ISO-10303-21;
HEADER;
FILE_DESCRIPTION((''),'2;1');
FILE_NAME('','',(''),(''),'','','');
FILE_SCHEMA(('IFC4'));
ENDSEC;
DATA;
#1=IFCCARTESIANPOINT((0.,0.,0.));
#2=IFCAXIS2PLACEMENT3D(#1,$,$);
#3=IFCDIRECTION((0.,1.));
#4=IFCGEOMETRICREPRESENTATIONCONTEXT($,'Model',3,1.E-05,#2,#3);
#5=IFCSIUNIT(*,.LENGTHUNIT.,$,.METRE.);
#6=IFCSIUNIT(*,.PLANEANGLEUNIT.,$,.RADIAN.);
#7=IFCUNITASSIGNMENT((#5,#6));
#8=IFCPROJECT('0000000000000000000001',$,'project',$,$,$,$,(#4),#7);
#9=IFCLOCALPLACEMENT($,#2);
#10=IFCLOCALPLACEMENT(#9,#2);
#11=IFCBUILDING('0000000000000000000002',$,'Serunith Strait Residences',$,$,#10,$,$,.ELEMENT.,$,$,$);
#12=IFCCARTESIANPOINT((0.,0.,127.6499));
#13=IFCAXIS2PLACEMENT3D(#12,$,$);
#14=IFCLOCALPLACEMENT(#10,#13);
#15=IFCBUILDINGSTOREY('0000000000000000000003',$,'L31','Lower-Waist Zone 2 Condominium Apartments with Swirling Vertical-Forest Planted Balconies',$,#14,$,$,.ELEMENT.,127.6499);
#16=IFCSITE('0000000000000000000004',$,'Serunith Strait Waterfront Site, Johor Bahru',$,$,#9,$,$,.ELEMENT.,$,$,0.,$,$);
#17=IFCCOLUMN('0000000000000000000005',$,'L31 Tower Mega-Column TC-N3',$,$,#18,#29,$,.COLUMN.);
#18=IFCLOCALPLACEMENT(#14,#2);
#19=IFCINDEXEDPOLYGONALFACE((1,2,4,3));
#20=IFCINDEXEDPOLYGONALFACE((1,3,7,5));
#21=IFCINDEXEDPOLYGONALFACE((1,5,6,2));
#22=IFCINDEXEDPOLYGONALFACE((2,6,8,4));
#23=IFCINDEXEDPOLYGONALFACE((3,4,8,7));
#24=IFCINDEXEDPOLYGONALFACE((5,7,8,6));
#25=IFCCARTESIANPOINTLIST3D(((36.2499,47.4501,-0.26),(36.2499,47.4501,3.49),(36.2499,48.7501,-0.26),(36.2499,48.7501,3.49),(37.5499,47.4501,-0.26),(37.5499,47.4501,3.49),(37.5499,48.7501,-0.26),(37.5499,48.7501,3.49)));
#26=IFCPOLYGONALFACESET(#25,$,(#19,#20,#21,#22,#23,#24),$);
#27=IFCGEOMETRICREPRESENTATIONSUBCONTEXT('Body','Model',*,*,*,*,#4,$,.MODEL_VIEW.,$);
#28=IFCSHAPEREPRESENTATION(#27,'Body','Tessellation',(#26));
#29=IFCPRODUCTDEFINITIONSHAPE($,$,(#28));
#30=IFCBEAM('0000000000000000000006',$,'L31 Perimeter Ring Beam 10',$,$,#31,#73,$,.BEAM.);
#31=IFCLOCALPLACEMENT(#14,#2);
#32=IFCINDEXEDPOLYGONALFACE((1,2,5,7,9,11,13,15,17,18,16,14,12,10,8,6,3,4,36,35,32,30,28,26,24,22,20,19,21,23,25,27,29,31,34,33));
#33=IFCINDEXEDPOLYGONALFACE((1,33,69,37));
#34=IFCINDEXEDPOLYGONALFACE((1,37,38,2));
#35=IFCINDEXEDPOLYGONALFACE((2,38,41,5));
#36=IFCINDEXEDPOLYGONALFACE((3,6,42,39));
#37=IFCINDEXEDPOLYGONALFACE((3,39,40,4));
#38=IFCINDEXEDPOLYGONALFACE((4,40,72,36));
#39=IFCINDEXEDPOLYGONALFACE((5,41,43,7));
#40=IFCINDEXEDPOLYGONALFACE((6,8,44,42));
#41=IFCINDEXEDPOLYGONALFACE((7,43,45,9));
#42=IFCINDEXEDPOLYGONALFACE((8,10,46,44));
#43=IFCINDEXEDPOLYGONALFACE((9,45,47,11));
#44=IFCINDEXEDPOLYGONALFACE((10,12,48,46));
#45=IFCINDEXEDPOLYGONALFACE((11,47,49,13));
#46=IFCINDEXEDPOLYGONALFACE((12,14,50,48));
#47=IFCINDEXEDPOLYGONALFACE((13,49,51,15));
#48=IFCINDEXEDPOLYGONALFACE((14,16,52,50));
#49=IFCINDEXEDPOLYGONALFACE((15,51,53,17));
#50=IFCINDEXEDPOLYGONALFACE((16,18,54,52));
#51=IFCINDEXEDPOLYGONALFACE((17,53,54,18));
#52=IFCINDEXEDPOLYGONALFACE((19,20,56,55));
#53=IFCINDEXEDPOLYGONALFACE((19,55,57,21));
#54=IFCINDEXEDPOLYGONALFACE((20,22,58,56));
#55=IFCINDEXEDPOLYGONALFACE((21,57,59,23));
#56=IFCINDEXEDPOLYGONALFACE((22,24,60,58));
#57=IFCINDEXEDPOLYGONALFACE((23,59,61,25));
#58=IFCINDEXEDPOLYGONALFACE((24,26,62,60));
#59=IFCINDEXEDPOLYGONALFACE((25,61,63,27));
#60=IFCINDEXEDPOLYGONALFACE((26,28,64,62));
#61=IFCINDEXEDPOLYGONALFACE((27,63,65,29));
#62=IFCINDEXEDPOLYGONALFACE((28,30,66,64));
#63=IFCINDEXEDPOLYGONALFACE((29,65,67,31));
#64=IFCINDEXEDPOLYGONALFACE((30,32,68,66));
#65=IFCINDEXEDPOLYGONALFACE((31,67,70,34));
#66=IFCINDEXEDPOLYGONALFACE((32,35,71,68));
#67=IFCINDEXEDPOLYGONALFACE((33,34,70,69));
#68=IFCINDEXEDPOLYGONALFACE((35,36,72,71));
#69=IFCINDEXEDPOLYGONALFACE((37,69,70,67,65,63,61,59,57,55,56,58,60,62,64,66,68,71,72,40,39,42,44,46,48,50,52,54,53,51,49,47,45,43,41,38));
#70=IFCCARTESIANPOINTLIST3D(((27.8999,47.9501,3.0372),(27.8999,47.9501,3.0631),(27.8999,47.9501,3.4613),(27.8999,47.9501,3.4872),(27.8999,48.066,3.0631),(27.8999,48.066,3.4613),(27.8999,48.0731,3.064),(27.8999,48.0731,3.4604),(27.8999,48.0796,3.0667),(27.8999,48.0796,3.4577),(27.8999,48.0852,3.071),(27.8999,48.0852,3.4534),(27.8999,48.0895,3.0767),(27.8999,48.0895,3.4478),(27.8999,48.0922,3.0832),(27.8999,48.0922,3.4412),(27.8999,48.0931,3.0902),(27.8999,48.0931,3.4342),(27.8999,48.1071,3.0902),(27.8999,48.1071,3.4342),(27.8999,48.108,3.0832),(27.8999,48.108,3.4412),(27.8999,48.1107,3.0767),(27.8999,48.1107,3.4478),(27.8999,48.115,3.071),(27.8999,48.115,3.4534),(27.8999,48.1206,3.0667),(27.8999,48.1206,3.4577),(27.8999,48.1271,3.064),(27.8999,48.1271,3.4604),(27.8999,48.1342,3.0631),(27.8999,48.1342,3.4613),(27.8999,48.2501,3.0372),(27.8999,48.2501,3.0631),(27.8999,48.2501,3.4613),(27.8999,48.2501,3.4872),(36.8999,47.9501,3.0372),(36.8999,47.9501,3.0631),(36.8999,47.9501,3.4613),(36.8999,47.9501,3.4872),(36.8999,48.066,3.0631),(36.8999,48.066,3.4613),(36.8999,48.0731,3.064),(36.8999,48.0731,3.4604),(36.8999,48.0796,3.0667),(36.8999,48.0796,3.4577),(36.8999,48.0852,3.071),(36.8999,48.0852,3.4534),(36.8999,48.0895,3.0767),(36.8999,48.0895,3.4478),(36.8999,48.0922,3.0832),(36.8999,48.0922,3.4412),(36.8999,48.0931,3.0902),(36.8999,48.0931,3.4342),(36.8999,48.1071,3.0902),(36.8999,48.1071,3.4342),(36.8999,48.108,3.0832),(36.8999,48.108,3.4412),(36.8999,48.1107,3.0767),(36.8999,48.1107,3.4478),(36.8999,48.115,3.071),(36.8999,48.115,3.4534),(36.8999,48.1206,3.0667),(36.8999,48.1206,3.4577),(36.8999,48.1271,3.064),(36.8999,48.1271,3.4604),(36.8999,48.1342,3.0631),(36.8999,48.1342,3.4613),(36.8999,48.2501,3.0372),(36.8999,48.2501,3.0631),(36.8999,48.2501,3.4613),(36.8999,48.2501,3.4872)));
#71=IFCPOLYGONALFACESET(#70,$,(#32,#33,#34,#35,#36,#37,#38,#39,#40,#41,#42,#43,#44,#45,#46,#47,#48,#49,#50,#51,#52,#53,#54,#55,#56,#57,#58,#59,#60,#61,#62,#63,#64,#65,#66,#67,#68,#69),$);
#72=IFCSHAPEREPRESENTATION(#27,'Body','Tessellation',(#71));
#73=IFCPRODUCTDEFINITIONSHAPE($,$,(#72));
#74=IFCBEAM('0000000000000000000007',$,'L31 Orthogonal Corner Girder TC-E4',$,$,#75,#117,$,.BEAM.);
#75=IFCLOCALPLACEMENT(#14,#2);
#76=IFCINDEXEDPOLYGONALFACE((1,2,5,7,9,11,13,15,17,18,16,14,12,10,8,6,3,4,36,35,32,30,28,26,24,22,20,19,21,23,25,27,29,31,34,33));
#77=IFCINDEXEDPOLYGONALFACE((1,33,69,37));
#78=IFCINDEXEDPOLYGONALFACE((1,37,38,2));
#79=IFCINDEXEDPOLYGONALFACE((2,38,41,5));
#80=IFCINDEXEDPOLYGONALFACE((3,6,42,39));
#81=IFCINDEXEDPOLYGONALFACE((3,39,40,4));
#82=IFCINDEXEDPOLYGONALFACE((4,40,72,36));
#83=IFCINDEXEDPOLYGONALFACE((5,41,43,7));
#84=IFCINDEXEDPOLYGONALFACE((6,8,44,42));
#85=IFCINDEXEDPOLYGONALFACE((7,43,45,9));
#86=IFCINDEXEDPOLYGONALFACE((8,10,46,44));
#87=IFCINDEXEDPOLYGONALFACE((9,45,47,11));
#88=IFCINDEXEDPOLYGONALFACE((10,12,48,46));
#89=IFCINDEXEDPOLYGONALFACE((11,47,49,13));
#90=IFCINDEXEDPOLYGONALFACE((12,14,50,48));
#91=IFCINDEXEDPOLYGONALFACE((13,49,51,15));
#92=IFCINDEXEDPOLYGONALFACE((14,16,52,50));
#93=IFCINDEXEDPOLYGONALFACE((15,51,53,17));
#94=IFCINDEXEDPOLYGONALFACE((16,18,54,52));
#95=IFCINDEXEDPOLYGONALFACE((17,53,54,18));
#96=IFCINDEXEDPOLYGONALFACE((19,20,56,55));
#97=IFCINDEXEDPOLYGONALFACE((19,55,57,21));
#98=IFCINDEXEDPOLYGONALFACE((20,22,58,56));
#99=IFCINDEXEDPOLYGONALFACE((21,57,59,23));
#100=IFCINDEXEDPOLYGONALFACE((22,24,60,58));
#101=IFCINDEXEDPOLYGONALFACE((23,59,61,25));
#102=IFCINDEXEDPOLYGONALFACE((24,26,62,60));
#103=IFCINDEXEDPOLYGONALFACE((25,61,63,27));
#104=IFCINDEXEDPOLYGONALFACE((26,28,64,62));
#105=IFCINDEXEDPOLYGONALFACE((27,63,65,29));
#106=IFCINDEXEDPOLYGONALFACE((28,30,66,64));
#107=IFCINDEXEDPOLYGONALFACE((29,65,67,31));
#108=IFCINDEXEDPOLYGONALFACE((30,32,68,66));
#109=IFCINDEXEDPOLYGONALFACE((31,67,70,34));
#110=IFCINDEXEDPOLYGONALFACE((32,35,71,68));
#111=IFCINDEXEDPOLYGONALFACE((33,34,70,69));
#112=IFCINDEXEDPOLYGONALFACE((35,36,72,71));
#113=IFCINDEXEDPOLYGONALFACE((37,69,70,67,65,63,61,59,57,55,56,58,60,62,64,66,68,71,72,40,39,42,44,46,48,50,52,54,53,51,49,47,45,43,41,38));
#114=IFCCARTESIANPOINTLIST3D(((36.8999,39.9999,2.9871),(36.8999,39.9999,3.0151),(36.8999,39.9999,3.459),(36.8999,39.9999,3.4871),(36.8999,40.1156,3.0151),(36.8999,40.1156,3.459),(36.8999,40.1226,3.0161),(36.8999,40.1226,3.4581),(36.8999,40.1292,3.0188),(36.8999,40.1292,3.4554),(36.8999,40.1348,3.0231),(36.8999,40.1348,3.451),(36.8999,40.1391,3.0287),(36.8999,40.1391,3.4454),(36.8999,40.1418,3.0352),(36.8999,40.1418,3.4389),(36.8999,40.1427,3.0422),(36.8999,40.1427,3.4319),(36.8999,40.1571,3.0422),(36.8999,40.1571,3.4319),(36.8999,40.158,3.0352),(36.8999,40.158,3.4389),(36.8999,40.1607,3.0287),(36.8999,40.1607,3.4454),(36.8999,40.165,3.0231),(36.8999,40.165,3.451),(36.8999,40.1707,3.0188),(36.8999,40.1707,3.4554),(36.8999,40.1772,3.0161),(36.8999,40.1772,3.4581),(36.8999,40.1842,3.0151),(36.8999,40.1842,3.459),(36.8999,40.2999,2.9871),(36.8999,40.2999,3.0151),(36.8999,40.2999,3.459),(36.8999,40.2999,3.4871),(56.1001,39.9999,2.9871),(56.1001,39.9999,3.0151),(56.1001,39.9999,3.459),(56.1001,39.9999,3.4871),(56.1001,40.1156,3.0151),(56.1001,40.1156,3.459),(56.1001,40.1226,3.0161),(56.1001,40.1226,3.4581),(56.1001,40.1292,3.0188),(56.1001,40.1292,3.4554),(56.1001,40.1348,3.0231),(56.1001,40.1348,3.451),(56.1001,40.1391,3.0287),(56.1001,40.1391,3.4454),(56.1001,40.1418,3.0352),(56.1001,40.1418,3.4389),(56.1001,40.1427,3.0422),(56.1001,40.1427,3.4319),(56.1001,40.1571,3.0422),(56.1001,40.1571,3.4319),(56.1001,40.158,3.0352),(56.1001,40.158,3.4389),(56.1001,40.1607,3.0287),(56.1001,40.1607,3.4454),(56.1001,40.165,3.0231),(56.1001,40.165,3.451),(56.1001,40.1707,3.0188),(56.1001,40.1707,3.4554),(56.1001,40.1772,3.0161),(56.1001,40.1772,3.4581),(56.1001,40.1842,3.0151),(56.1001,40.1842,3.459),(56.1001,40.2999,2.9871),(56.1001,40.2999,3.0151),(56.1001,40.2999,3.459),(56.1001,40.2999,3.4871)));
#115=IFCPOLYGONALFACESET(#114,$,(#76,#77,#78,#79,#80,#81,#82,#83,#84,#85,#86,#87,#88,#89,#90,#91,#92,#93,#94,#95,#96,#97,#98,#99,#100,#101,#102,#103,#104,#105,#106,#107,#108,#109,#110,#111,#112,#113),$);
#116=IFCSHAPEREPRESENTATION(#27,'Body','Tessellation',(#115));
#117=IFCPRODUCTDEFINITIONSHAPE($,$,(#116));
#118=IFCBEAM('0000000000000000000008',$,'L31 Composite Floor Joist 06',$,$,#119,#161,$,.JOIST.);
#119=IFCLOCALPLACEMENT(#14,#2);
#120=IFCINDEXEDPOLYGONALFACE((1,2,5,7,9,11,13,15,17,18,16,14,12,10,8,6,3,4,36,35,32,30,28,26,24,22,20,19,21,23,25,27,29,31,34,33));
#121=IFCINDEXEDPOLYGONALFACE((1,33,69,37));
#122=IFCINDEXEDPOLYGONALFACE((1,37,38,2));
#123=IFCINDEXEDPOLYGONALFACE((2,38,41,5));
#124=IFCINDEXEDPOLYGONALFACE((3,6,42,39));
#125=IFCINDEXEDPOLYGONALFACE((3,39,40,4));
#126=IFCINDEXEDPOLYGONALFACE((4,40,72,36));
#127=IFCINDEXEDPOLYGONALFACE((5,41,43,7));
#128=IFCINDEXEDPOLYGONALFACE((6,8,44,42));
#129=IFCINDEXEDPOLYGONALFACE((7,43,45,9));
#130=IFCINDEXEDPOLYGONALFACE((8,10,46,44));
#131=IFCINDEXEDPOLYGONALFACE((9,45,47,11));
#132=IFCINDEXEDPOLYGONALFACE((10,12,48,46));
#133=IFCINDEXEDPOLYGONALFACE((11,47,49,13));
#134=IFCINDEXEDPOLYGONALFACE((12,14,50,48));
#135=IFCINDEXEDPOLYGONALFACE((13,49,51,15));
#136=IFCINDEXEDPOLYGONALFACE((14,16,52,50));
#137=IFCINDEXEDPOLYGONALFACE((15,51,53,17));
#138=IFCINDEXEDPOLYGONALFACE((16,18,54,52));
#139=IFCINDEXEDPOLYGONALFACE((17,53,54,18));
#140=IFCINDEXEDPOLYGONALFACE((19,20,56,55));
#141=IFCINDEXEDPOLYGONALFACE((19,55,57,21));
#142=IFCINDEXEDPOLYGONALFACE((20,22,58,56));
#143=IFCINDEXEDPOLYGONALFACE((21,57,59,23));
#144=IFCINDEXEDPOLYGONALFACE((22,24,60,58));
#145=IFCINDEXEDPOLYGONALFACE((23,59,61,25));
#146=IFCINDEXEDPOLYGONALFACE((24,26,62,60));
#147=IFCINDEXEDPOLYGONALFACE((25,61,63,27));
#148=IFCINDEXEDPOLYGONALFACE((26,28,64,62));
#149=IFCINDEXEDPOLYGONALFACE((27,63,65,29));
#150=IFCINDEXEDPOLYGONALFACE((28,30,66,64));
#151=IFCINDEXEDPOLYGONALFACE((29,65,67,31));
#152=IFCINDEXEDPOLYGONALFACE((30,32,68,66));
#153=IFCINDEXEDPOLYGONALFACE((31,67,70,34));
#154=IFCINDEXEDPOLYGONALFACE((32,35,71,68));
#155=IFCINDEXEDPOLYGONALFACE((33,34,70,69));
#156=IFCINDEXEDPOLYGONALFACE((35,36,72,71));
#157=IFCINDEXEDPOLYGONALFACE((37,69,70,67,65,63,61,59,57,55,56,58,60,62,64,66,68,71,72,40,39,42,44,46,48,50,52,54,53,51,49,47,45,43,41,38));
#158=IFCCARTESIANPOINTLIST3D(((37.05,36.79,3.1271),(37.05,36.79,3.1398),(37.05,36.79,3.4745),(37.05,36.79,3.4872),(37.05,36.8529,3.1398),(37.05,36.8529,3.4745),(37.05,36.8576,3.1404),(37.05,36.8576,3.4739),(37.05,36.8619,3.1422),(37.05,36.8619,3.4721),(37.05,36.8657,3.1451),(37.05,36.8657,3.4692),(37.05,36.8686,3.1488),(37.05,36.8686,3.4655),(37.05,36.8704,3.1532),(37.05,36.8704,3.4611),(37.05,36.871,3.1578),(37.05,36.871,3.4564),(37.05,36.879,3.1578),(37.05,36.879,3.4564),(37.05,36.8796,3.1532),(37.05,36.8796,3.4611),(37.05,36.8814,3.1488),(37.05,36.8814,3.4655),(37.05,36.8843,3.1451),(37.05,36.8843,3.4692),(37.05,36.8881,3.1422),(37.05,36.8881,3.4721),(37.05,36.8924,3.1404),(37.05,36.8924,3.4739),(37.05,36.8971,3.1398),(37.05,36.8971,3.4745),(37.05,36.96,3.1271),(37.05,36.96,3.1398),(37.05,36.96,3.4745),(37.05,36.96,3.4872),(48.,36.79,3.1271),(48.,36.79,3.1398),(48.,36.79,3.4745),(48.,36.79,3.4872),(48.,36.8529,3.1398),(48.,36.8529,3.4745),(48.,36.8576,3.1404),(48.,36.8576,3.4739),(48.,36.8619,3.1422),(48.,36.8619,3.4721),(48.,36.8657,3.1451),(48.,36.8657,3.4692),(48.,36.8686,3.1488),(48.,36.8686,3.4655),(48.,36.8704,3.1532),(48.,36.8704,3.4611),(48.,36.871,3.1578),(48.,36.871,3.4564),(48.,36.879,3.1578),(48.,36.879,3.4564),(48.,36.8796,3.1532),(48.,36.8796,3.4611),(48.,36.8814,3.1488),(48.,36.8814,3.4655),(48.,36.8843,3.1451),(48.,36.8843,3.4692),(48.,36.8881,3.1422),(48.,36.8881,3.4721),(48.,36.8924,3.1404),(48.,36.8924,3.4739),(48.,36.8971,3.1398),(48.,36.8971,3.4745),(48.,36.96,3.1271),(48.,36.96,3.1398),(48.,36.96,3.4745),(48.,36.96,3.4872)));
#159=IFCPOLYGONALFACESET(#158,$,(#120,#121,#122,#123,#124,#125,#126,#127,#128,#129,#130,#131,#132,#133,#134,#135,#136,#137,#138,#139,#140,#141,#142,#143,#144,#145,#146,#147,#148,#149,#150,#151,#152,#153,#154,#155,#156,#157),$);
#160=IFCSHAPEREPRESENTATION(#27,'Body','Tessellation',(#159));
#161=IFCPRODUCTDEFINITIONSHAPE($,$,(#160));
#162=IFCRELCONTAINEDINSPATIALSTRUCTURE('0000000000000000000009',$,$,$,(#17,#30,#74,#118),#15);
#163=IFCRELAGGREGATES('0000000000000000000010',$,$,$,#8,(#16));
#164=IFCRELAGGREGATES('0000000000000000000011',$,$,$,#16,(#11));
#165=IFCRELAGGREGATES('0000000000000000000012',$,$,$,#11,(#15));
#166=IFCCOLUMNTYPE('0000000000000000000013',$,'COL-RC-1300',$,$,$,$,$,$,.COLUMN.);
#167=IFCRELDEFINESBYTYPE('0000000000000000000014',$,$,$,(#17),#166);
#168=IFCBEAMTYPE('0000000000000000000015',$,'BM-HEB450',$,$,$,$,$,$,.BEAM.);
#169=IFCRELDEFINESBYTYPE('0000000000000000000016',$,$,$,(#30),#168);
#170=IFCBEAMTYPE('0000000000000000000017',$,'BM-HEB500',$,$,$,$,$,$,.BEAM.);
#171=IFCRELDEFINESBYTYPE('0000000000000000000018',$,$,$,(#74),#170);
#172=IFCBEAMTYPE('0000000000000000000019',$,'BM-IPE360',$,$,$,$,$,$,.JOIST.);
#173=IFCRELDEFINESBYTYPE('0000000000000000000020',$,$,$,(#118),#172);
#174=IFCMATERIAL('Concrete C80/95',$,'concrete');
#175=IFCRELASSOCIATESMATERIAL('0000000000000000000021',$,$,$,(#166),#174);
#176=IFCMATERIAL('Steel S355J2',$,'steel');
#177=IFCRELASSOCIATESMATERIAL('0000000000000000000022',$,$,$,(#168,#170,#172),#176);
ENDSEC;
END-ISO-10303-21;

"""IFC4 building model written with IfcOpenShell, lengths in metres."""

from ifc_helpers import new_model, si_unit, direction, frame, origin, origin_2d, place, context, subcontext, project, spatial, rectangle, i_section, extrude, source, transform, mapped, material, material_profile, profile_set, type_object, element, save


model = new_model("IFC4")

# Units and contexts
model_context = context("Model", 3, precision=1e-05, world=origin(), true_north=direction((0.0, 1.0)))
body_context = subcontext(model_context, "Body", "Model", "MODEL_VIEW")
ifc_project = project(units=[si_unit("LENGTHUNIT", "METRE"), si_unit("PLANEANGLEUNIT", "RADIAN")], contexts=[model_context])

# Site, building, storey
site_placement = place(None, origin())
site = spatial("IfcSite", under=ifc_project, at=site_placement, Name="Serunith Strait Waterfront Site, Johor Bahru", CompositionType="ELEMENT", RefElevation=0.0)
building_placement = place(site_placement, origin())
building = spatial("IfcBuilding", under=site, at=building_placement, Name="Serunith Strait Residences", CompositionType="ELEMENT")
storey_placement = place(building_placement, frame((0.0, 0.0, 127.6499)))
storey = spatial("IfcBuildingStorey", under=building, at=storey_placement, Name="L31", Description="Lower-Waist Zone 2 Condominium Apartments with Swirling Vertical-Forest Planted Balconies", CompositionType="ELEMENT", Elevation=127.6499)

# Column
ifc_material_1 = material(Name="Concrete C80/95", Category="concrete")
ifc_material_profile_1 = material_profile(ifc_material_1, rectangle(XDim=1.3, YDim=1.3, at=origin_2d()), Name="RC 1300x1300")
ifc_profile_set_1 = profile_set([ifc_material_profile_1], Name="Concrete C80/95")
column_type = type_object("IfcColumnType", Name="COL-RC-1300", PredefinedType="COLUMN", material=ifc_profile_set_1)
shared_shape_1 = source(origin(), body_context, "Body", "SweptSolid", [
    extrude(rectangle(XDim=1.3, YDim=1.3, at=origin_2d()), origin(), (0.0, 0.0, 1.0), 3.75),
])
column_placement = place(storey_placement, frame((36.8999, 48.1001, -0.26), z_axis=(0.0, 0.0, 1.0), x_axis=(1.0, 0.0, 0.0)))
element("IfcColumn", 1, at=column_placement, inside=storey, type_object=column_type, Name="L31 Tower Mega-Column TC-N3", PredefinedType="COLUMN", context=body_context, shape_type="MappedRepresentation", body=[
    mapped(shared_shape_1, transform((0.0, 0.0, 0.0), scale=1.0)),
])

# Beams
ifc_material_2 = material(Name="Steel S355J2", Category="steel")
ifc_material_profile_2 = material_profile(ifc_material_2, i_section(OverallWidth=0.3, OverallDepth=0.45, WebThickness=0.0139, FlangeThickness=0.0259, FilletRadius=0.0271, at=origin_2d()), Name="HEB 450")
ifc_profile_set_2 = profile_set([ifc_material_profile_2], Name="Steel S355J2")
beam_type_1 = type_object("IfcBeamType", Name="BM-HEB450", PredefinedType="BEAM", material=ifc_profile_set_2)
shared_shape_2 = source(origin(), body_context, "Body", "SweptSolid", [
    extrude(i_section(OverallWidth=0.3, OverallDepth=0.45, WebThickness=0.0139, FlangeThickness=0.0259, FilletRadius=0.0271, at=origin_2d()), origin(), (0.0, 0.0, 1.0), 9.0),
])
beam_1_placement = place(storey_placement, frame((36.8999, 48.1001, 3.2622), z_axis=(-1.0, 0.0, 0.0), x_axis=(0.0, -1.0, 0.0)))
element("IfcBeam", 2, at=beam_1_placement, inside=storey, type_object=beam_type_1, Name="L31 Perimeter Ring Beam 10", PredefinedType="BEAM", context=body_context, shape_type="MappedRepresentation", body=[
    mapped(shared_shape_2, transform((0.0, 0.0, 0.0), scale=1.0)),
])
ifc_material_profile_3 = material_profile(ifc_material_2, i_section(OverallWidth=0.3, OverallDepth=0.5, WebThickness=0.0144, FlangeThickness=0.0281, FilletRadius=0.0271, at=origin_2d()), Name="HEB 500")
ifc_profile_set_3 = profile_set([ifc_material_profile_3], Name="Steel S355J2")
beam_type_2 = type_object("IfcBeamType", Name="BM-HEB500", PredefinedType="BEAM", material=ifc_profile_set_3)
shared_shape_3 = source(origin(), body_context, "Body", "SweptSolid", [
    extrude(i_section(OverallWidth=0.3, OverallDepth=0.5, WebThickness=0.0144, FlangeThickness=0.0281, FilletRadius=0.0271, at=origin_2d()), origin(), (0.0, 0.0, 1.0), 19.2002),
])
beam_2_placement = place(storey_placement, frame((36.8999, 40.1499, 3.2371), z_axis=(1.0, 0.0, 0.0), x_axis=(0.0, 1.0, 0.0)))
element("IfcBeam", 3, at=beam_2_placement, inside=storey, type_object=beam_type_2, Name="L31 Orthogonal Corner Girder TC-E4", PredefinedType="BEAM", context=body_context, shape_type="MappedRepresentation", body=[
    mapped(shared_shape_3, transform((0.0, 0.0, 0.0), scale=1.0)),
])
ifc_material_profile_4 = material_profile(ifc_material_2, i_section(OverallWidth=0.1699, OverallDepth=0.3601, WebThickness=0.0081, FlangeThickness=0.0127, FilletRadius=0.0181, at=origin_2d()), Name="IPE 360")
ifc_profile_set_4 = profile_set([ifc_material_profile_4], Name="Steel S355J2")
beam_type_3 = type_object("IfcBeamType", Name="BM-IPE360", PredefinedType="JOIST", material=ifc_profile_set_4)
shared_shape_4 = source(origin(), body_context, "Body", "SweptSolid", [
    extrude(i_section(OverallWidth=0.1699, OverallDepth=0.3601, WebThickness=0.0081, FlangeThickness=0.0127, FilletRadius=0.0181, at=origin_2d()), origin(), (0.0, 0.0, 1.0), 10.95),
])
beam_3_placement = place(storey_placement, frame((37.05, 36.875, 3.3071), z_axis=(1.0, 0.0, 0.0), x_axis=(0.0, 1.0, 0.0)))
element("IfcBeam", 4, at=beam_3_placement, inside=storey, type_object=beam_type_3, Name="L31 Composite Floor Joist 06", PredefinedType="JOIST", context=body_context, shape_type="MappedRepresentation", body=[
    mapped(shared_shape_4, transform((0.0, 0.0, 0.0), scale=1.0)),
])

save(model, "model.ifc")
